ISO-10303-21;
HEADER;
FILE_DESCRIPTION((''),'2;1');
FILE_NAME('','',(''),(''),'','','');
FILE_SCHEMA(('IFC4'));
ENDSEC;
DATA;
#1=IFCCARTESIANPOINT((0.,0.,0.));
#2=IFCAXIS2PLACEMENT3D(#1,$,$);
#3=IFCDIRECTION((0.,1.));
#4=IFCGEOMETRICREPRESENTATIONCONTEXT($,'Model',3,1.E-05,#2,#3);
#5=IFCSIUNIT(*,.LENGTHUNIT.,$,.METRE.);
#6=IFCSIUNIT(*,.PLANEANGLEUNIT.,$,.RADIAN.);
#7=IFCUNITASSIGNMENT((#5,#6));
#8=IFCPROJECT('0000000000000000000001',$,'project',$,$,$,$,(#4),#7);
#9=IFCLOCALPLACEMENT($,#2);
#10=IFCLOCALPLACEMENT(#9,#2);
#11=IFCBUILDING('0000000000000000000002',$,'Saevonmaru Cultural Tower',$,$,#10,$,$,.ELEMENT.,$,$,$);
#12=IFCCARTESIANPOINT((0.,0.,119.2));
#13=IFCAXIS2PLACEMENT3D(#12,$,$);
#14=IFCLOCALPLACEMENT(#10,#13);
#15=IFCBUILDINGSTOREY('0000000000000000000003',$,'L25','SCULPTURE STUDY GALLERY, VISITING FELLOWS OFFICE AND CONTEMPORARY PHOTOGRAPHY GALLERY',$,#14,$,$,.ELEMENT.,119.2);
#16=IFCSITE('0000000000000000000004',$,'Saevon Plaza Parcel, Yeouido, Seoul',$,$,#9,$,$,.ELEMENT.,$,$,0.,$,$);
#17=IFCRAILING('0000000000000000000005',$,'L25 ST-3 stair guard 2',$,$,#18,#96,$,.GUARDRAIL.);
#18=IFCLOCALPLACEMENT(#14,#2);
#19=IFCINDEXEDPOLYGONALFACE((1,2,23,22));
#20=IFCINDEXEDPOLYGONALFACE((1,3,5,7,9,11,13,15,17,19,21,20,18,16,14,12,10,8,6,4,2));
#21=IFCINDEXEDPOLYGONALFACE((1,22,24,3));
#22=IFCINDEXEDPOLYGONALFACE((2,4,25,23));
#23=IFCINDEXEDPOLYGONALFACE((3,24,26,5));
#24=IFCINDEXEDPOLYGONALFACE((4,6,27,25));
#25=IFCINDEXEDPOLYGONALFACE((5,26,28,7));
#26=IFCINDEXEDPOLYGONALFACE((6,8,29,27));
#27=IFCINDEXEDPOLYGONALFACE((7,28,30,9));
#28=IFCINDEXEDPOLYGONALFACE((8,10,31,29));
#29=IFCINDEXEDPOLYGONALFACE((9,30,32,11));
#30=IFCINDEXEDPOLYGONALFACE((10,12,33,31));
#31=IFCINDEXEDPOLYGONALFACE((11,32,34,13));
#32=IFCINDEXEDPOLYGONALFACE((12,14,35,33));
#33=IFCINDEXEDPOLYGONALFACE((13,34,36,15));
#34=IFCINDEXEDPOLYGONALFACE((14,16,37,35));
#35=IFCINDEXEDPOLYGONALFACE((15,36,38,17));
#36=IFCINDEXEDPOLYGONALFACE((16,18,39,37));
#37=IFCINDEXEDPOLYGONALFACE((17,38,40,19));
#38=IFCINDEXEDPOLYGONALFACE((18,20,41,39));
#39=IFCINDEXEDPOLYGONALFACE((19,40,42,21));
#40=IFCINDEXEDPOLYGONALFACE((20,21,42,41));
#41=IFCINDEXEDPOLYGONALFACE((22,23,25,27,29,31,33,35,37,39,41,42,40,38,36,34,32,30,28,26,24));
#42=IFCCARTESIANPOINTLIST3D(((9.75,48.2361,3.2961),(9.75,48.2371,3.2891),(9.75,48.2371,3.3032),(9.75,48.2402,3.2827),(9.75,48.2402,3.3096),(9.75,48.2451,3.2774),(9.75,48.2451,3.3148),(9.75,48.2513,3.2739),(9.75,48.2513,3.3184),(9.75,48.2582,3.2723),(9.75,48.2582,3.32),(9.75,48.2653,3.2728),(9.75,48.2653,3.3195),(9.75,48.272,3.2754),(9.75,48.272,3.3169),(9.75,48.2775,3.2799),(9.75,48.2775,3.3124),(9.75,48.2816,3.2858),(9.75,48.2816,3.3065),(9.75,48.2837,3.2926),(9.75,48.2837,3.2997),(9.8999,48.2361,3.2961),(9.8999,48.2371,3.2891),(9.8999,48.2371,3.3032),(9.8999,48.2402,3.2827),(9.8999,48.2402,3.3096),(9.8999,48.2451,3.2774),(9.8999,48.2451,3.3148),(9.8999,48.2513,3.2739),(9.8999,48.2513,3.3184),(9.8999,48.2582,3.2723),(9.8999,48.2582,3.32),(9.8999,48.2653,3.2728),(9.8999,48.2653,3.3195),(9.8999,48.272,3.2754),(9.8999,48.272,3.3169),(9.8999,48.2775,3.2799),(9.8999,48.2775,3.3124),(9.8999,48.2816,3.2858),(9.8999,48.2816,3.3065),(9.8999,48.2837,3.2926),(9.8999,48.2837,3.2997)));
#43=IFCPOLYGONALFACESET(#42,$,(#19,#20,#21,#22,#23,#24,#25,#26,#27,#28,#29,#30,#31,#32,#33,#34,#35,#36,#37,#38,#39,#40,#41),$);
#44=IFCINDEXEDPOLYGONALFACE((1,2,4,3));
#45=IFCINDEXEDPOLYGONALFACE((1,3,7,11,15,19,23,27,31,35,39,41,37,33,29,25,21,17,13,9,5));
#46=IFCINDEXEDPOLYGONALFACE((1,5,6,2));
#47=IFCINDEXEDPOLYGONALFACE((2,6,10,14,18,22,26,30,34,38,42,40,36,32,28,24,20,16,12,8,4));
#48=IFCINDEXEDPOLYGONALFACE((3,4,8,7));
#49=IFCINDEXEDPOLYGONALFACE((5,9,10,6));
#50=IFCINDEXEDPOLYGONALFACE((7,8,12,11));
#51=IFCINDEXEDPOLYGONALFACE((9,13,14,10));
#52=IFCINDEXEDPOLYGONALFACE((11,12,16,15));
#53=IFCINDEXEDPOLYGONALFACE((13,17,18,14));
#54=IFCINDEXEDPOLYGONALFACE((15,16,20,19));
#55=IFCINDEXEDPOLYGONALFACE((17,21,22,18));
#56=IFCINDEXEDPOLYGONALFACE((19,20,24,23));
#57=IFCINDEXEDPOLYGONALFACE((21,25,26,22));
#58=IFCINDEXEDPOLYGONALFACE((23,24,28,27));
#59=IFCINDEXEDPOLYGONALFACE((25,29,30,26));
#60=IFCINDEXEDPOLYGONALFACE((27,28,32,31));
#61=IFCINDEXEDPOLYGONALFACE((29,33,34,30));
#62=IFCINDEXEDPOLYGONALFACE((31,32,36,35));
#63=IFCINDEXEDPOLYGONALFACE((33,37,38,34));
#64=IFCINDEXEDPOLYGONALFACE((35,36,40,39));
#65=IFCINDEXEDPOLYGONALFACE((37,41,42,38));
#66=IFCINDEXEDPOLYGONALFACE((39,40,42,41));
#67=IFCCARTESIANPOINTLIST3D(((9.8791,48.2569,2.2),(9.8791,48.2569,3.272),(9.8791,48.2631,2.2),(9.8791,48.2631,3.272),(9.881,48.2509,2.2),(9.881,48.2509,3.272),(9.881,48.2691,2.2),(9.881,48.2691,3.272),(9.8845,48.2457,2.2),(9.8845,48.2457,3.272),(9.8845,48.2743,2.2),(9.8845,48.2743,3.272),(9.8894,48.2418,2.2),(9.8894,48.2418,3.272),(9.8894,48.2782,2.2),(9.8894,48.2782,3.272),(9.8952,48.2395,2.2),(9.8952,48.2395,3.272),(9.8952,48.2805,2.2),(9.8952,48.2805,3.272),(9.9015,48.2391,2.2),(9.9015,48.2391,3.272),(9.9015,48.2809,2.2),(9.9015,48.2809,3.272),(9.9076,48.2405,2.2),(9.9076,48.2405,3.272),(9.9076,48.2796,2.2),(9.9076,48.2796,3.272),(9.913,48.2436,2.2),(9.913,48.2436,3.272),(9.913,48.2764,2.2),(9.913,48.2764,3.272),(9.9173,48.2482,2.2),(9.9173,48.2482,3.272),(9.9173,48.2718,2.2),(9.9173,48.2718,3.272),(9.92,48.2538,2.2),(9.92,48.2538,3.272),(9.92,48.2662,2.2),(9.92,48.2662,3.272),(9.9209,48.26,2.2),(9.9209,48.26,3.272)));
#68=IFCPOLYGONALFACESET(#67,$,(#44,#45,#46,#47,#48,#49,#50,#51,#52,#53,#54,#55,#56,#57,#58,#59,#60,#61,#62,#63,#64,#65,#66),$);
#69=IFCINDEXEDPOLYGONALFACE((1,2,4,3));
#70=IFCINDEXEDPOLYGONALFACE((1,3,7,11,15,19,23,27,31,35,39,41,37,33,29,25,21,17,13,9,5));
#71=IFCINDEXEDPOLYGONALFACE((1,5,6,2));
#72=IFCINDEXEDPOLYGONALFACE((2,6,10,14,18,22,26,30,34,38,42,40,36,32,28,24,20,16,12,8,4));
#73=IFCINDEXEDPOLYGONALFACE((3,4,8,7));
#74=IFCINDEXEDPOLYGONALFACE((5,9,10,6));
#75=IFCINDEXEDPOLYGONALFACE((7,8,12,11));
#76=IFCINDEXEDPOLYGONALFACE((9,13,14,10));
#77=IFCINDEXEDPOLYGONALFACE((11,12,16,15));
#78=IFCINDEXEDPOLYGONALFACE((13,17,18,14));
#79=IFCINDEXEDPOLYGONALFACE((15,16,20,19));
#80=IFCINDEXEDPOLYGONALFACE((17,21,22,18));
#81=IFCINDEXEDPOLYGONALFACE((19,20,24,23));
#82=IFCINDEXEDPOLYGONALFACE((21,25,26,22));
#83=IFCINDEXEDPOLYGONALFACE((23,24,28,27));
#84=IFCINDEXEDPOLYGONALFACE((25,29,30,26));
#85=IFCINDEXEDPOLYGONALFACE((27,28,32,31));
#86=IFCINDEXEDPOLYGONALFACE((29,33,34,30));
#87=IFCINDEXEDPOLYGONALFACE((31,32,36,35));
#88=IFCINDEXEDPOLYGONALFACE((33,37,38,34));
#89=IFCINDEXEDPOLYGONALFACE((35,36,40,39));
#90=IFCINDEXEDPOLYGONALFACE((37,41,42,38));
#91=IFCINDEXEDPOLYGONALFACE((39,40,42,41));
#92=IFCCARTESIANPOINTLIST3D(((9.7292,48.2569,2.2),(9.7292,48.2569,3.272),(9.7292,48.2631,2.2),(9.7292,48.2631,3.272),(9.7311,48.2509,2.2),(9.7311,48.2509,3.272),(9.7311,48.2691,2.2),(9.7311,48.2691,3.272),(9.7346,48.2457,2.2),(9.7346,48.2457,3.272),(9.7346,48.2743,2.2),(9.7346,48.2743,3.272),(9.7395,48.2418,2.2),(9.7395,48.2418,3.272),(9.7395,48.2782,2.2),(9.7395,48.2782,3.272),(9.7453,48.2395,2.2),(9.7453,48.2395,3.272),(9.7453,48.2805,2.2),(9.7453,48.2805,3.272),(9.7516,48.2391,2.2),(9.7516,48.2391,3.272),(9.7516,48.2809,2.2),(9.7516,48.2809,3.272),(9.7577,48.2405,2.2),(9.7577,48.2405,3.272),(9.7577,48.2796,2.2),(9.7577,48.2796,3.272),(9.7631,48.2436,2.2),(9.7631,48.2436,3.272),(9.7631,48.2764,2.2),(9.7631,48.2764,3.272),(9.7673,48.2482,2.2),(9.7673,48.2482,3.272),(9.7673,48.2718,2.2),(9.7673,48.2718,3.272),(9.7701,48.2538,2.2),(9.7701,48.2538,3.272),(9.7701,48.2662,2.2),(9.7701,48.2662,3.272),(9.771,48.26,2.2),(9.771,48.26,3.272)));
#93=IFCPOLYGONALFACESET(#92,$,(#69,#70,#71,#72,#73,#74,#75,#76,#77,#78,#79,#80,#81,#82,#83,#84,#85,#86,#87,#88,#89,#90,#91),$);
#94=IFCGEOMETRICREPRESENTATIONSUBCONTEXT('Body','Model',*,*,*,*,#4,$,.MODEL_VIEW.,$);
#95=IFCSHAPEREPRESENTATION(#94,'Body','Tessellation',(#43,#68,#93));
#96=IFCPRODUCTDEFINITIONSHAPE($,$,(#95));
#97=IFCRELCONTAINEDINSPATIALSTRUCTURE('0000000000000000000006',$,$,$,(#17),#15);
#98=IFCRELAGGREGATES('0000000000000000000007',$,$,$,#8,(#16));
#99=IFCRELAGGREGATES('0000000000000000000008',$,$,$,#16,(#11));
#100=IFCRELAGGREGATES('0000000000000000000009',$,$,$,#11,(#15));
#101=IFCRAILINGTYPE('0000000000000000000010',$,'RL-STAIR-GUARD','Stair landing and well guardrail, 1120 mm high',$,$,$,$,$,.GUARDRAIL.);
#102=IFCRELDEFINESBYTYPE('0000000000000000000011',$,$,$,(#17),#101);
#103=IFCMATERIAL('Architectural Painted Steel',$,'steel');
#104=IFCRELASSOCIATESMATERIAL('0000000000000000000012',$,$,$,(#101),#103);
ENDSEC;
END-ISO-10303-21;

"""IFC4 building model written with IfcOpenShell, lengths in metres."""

from ifc_helpers import new_model, si_unit, direction, frame, origin, origin_2d, place, context, subcontext, project, spatial, circle, extrude, material, type_object, element, save


model = new_model("IFC4")

# Units and contexts
model_context = context("Model", 3, precision=1e-05, world=origin(), true_north=direction((0.0, 1.0)))
body_context = subcontext(model_context, "Body", "Model", "MODEL_VIEW")
ifc_project = project(units=[si_unit("LENGTHUNIT", "METRE"), si_unit("PLANEANGLEUNIT", "RADIAN")], contexts=[model_context])

# Site, building, storey
site_placement = place(None, origin())
site = spatial("IfcSite", under=ifc_project, at=site_placement, Name="Saevon Plaza Parcel, Yeouido, Seoul", CompositionType="ELEMENT", RefElevation=0.0)
building_placement = place(site_placement, origin())
building = spatial("IfcBuilding", under=site, at=building_placement, Name="Saevonmaru Cultural Tower", CompositionType="ELEMENT")
storey_placement = place(building_placement, frame((0.0, 0.0, 119.2)))
storey = spatial("IfcBuildingStorey", under=building, at=storey_placement, Name="L25", Description="SCULPTURE STUDY GALLERY, VISITING FELLOWS OFFICE AND CONTEMPORARY PHOTOGRAPHY GALLERY", CompositionType="ELEMENT", Elevation=119.2)

# Railing
ifc_material_1 = material(Name="Architectural Painted Steel", Category="steel")
railing_type_1 = type_object("IfcRailingType", Name="RL-STAIR-GUARD", Description="Stair landing and well guardrail, 1120 mm high", PredefinedType="GUARDRAIL", material=ifc_material_1)
railing_1_placement = place(storey_placement, frame((9.8999, 48.26, 2.2)))
element("IfcRailing", 1, at=railing_1_placement, inside=storey, type_object=railing_type_1, Name="L25 ST-3 stair guard 2", PredefinedType="GUARDRAIL", context=body_context, shape_type="SweptSolid", body=[
    extrude(circle(Radius=0.0239, at=origin_2d()), frame((0.0, 0.0, 1.0962), z_axis=(-1.0, 0.0, 0.0), x_axis=(0.0, -1.0, 0.0)), (0.0, 0.0, 1.0), 0.1499),
    extrude(circle(Radius=0.021, at=origin_2d()), origin(), (0.0, 0.0, 1.0), 1.072),
    extrude(circle(Radius=0.021, at=origin_2d()), frame((-0.1499, 0.0, 0.0)), (0.0, 0.0, 1.0), 1.072),
])

save(model, "model.ifc")
